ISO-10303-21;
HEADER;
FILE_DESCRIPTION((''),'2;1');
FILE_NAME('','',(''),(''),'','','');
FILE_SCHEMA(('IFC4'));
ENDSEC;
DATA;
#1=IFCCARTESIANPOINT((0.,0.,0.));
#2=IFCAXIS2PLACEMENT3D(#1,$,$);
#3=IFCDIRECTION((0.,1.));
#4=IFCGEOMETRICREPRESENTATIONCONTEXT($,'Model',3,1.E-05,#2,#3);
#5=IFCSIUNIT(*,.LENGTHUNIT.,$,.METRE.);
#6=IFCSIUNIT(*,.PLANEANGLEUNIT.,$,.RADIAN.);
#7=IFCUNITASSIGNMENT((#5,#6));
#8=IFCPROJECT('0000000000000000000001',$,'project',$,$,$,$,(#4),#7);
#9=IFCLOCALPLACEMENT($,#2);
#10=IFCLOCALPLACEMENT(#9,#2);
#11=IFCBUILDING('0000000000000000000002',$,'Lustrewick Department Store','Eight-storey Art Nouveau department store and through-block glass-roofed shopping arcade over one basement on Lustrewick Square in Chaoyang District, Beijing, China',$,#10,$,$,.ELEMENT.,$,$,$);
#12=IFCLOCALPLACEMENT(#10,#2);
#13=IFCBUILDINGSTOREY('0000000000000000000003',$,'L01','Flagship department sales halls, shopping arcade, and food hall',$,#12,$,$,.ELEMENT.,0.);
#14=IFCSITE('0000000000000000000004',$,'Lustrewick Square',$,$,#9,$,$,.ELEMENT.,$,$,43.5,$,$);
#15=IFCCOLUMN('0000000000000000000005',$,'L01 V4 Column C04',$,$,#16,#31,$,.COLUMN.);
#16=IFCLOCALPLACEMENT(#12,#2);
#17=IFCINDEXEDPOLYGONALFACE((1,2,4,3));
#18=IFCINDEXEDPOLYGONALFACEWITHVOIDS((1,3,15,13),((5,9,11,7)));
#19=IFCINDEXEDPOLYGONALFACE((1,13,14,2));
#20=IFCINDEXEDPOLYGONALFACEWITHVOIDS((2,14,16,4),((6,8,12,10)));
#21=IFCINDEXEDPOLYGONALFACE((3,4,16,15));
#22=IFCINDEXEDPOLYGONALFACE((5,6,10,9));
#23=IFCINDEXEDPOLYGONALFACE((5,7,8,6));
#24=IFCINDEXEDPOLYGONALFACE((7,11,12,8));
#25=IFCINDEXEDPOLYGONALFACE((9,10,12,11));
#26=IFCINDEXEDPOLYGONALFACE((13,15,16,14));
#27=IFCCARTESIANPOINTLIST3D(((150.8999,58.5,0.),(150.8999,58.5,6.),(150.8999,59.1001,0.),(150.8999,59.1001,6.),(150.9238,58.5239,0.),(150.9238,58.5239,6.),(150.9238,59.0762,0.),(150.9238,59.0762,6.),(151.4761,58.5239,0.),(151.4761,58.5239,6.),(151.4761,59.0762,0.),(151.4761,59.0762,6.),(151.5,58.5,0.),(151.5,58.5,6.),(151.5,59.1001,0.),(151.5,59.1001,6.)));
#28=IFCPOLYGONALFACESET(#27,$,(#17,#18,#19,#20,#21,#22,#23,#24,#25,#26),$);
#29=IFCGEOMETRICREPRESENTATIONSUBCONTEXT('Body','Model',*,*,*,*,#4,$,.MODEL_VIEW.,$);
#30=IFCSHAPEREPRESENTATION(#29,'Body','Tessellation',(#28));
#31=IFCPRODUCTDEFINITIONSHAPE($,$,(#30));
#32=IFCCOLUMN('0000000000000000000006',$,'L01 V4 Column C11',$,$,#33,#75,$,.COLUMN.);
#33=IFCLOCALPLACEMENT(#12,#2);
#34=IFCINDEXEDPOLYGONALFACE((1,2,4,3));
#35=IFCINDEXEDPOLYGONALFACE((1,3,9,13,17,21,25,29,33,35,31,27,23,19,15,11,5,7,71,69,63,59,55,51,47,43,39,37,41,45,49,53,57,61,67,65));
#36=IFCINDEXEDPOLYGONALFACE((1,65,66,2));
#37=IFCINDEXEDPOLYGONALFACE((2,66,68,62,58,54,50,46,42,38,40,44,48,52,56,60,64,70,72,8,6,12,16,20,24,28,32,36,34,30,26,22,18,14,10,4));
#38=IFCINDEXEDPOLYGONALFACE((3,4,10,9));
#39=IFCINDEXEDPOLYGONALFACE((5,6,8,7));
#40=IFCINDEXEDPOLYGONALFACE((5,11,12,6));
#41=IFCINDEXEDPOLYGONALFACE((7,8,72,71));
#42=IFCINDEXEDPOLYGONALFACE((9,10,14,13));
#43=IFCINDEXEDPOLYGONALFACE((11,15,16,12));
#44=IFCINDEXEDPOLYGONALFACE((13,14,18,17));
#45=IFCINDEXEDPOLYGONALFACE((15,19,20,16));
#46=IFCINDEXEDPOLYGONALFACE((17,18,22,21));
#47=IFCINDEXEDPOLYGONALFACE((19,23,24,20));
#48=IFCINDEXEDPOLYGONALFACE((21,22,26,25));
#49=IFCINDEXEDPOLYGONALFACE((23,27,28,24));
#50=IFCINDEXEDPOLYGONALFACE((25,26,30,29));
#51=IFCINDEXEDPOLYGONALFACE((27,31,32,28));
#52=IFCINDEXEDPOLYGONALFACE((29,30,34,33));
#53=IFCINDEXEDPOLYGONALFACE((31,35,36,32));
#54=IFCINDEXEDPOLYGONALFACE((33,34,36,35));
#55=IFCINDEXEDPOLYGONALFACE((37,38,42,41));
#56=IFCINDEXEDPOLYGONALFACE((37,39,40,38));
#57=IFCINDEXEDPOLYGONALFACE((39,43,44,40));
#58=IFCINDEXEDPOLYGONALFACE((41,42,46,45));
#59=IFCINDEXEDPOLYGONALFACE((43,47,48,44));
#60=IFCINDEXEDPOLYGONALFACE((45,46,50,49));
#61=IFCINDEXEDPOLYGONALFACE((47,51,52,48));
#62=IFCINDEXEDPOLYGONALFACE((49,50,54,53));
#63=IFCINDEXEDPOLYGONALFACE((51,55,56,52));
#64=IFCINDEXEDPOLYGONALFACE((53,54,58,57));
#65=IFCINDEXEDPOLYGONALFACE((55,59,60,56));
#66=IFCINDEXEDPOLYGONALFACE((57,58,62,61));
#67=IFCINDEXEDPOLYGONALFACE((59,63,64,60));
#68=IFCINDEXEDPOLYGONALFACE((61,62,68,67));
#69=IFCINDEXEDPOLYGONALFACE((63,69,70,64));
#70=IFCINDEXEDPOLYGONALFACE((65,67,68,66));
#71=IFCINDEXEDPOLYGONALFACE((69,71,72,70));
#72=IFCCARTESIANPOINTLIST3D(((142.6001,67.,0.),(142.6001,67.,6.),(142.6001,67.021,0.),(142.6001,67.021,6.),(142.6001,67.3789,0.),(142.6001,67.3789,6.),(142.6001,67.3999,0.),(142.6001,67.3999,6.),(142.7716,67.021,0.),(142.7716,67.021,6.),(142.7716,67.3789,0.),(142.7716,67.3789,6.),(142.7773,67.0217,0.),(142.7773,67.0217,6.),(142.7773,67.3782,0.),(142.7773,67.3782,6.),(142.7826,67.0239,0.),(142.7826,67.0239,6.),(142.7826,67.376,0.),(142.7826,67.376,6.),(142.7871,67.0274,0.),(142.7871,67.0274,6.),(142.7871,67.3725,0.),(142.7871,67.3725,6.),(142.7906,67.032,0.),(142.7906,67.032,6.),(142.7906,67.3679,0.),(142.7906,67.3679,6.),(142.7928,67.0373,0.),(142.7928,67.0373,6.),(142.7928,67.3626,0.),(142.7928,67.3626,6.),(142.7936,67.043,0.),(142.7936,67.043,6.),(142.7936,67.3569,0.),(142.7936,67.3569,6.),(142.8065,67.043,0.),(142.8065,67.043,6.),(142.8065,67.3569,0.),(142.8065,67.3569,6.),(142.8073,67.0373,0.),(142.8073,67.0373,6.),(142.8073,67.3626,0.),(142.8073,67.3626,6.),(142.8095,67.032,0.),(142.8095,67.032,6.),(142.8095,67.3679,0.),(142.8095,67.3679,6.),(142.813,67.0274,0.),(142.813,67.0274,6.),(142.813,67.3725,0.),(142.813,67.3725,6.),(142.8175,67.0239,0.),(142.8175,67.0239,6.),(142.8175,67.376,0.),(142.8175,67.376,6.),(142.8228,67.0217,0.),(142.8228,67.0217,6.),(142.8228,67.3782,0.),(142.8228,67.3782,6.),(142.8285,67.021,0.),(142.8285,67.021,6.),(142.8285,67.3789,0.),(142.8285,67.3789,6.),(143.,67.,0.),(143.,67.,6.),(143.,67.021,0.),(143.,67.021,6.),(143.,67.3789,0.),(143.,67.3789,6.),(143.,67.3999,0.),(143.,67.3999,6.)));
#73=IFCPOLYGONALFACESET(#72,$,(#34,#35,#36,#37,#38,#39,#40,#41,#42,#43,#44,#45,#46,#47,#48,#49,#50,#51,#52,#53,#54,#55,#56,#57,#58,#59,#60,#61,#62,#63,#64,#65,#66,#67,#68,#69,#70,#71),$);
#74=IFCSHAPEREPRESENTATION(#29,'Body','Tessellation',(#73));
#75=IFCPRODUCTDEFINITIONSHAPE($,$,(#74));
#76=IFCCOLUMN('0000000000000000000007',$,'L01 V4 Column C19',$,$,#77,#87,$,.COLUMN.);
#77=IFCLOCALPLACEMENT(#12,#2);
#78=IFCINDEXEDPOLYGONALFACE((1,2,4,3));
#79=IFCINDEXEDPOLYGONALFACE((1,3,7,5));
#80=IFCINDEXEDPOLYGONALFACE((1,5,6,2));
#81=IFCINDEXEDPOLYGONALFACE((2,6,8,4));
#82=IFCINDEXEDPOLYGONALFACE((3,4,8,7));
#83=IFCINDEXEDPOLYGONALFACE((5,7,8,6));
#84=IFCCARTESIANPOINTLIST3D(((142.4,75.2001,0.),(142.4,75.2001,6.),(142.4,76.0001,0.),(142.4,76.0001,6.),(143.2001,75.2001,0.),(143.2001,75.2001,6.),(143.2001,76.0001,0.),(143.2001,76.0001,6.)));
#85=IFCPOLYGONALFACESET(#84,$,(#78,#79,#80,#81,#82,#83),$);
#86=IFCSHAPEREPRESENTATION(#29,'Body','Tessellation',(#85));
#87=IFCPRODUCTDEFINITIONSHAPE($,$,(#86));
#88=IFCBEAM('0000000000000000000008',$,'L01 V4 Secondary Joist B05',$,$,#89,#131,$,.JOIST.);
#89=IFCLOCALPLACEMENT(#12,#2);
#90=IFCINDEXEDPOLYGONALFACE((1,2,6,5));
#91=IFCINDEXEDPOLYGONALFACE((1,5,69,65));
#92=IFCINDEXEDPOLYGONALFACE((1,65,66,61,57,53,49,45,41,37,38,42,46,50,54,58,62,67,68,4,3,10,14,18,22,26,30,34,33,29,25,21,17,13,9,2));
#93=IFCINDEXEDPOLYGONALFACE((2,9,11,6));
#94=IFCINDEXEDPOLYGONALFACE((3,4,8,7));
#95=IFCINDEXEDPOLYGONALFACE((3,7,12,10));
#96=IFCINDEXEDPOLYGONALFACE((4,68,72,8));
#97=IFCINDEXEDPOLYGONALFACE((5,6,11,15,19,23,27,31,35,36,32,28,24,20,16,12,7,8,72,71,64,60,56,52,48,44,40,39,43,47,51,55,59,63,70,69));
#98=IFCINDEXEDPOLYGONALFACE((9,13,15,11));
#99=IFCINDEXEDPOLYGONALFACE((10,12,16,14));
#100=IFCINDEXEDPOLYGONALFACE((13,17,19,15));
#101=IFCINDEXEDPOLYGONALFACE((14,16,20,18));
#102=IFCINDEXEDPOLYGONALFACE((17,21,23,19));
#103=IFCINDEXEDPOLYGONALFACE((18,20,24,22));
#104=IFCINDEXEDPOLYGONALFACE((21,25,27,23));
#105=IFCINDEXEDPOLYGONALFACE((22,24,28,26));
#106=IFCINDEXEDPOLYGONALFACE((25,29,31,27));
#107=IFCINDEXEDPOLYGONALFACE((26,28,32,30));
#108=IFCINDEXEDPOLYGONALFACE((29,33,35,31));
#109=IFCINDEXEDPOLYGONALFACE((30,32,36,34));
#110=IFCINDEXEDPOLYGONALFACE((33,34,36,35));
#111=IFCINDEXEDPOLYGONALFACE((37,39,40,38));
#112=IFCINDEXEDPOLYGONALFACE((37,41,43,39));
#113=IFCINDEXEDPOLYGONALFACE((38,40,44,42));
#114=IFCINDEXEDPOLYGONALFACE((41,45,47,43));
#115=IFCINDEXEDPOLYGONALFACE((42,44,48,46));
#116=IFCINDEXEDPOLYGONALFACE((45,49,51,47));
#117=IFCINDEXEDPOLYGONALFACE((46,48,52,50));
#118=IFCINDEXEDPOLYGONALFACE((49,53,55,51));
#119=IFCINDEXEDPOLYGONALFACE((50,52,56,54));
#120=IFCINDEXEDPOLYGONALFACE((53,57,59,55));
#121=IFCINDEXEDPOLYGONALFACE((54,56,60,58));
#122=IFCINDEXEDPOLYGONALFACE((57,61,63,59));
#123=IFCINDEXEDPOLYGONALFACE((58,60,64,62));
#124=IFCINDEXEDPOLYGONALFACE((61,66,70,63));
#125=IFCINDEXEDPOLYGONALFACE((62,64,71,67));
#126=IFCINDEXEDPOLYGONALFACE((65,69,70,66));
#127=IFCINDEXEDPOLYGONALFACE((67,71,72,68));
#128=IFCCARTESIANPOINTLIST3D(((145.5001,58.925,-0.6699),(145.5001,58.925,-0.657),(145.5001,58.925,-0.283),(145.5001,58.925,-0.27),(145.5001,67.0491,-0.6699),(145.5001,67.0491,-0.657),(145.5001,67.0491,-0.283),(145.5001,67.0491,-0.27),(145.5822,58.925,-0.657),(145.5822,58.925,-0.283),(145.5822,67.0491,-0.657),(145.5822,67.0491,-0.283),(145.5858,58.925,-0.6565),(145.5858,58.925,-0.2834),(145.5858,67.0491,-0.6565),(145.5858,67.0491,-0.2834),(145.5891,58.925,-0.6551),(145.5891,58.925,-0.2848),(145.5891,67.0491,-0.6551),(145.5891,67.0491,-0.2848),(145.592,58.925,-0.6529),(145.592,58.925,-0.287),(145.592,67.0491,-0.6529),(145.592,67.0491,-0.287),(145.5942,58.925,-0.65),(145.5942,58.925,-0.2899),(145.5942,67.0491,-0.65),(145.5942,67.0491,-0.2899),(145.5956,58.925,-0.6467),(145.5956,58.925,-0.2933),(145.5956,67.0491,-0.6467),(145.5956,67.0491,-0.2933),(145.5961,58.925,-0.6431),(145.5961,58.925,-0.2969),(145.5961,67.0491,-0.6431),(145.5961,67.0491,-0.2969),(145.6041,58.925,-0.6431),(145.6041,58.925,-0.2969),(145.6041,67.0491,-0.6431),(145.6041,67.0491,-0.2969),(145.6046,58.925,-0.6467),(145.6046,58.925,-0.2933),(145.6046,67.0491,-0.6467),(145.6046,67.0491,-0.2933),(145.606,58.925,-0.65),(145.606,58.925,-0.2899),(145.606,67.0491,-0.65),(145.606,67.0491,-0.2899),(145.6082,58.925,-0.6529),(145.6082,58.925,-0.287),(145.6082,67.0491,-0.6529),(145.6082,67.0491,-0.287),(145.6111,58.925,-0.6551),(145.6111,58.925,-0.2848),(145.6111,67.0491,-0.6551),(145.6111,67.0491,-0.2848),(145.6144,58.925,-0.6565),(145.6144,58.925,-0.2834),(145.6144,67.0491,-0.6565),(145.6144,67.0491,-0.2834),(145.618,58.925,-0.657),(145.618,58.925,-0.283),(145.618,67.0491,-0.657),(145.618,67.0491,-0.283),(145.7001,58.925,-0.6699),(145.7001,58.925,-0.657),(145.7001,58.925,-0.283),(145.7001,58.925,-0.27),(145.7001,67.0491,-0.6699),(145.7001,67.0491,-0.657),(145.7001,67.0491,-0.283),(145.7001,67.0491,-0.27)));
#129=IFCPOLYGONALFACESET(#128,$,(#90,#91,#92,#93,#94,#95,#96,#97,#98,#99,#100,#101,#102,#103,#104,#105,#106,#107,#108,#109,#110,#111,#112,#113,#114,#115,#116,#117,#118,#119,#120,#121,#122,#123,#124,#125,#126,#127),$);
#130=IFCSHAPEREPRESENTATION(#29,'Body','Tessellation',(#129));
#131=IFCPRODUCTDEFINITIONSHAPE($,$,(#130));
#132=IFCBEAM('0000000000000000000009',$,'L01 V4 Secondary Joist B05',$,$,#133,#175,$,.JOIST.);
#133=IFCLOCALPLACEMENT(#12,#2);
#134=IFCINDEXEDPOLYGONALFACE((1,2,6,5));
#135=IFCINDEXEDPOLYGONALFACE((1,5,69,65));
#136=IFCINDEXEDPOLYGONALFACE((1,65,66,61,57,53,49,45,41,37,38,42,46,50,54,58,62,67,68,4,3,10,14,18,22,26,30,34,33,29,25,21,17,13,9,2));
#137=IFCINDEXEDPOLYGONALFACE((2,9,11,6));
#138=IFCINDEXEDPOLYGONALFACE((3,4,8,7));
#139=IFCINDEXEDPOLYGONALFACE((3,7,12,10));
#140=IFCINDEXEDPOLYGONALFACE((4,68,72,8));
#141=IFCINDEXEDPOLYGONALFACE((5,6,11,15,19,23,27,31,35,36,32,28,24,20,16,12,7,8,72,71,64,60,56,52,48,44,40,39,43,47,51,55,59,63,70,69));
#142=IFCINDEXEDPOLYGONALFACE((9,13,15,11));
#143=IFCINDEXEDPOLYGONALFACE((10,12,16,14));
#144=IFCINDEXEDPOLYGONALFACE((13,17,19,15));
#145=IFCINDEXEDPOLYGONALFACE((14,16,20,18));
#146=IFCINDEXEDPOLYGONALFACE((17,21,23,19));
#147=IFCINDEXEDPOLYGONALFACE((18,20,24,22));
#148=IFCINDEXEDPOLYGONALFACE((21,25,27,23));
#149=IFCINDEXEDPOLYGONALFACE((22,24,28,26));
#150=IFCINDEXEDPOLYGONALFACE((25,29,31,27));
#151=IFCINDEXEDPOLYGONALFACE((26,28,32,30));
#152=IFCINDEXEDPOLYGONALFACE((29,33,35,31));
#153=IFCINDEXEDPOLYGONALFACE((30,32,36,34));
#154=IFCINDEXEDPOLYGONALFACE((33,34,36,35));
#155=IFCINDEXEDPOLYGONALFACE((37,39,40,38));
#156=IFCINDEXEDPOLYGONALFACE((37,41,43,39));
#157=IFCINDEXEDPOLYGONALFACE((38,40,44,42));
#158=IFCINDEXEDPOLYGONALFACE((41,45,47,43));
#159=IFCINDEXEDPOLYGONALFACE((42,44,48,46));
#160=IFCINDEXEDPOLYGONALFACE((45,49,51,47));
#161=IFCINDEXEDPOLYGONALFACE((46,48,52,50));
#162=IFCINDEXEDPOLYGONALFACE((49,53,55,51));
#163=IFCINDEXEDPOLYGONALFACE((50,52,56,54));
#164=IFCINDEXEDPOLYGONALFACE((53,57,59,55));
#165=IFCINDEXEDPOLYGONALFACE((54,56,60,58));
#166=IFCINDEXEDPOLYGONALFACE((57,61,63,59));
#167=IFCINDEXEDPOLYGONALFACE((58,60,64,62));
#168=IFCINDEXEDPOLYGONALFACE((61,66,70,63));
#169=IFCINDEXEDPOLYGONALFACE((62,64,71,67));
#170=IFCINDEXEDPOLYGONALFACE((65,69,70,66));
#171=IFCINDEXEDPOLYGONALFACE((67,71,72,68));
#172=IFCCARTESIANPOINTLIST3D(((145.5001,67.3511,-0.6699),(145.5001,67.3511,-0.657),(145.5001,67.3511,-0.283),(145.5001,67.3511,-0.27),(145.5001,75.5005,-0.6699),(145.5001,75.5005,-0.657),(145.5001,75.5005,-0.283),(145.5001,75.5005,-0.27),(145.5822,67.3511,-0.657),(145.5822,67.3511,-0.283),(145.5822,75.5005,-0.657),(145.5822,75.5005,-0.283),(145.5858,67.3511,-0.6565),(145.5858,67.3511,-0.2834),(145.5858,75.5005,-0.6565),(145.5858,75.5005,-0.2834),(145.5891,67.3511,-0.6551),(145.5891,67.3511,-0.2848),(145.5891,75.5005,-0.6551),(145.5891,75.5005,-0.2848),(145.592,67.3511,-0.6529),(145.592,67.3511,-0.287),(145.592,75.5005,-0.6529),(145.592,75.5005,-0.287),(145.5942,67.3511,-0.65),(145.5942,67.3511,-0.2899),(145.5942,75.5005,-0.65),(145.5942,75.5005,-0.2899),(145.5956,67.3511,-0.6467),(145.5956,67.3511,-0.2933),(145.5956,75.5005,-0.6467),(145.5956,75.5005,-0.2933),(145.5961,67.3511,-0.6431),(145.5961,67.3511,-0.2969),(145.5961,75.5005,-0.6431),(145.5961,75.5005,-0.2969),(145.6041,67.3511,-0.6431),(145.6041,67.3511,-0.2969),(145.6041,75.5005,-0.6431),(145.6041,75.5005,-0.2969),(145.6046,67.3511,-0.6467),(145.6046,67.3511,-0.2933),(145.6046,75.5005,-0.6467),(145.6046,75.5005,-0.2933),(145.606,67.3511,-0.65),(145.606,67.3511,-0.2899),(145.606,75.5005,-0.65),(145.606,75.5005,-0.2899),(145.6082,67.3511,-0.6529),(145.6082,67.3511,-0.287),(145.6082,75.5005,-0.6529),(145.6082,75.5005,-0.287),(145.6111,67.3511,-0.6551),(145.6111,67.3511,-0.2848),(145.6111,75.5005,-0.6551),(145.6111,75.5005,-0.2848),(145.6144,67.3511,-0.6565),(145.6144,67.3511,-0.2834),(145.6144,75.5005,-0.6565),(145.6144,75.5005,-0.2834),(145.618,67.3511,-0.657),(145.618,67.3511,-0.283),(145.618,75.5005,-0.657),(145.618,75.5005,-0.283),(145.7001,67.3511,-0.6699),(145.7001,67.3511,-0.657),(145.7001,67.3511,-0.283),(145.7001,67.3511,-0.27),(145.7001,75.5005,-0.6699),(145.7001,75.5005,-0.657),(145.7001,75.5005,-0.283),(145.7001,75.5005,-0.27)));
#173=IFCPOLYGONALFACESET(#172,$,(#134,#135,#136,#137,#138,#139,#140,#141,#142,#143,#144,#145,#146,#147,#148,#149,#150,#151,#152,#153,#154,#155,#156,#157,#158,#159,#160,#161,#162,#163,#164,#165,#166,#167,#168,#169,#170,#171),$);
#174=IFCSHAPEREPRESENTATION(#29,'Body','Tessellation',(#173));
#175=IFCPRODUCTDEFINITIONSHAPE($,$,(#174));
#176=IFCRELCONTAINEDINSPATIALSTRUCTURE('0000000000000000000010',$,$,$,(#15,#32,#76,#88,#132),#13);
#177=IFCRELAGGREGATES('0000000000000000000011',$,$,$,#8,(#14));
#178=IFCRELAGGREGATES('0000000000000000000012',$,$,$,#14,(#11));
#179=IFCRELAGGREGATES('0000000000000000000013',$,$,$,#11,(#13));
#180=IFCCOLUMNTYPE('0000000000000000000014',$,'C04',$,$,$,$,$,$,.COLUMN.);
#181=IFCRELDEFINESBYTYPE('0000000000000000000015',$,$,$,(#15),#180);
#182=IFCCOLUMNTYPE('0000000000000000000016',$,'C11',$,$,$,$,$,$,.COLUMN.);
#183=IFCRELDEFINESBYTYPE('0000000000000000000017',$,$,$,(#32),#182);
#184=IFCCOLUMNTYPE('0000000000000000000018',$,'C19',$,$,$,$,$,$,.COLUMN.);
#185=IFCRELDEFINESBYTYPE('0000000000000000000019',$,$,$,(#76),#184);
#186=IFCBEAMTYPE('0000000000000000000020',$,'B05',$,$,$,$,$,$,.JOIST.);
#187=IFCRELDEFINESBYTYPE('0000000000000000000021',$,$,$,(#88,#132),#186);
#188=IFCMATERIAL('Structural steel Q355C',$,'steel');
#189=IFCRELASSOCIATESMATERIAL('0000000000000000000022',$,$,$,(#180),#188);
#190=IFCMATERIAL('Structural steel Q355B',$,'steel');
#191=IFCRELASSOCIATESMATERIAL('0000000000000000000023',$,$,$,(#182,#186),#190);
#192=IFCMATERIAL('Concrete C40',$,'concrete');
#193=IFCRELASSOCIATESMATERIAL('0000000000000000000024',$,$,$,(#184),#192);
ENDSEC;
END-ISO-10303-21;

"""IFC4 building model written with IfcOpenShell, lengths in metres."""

from ifc_helpers import new_model, si_unit, direction, frame, origin, origin_2d, place, context, subcontext, project, spatial, rectangle, hollow_rectangle, i_section, extrude, material, material_profile, profile_set, type_object, element, save


model = new_model("IFC4")

# Units and contexts
model_context = context("Model", 3, precision=1e-05, world=origin(), true_north=direction((0.0, 1.0)))
body_context = subcontext(model_context, "Body", "Model", "MODEL_VIEW")
ifc_project = project(units=[si_unit("LENGTHUNIT", "METRE"), si_unit("PLANEANGLEUNIT", "RADIAN")], contexts=[model_context])

# Site, building, storey
site_placement = place(None, origin())
site = spatial("IfcSite", under=ifc_project, at=site_placement, Name="Lustrewick Square", CompositionType="ELEMENT", RefElevation=43.5)
building_placement = place(site_placement, origin())
building = spatial("IfcBuilding", under=site, at=building_placement, Name="Lustrewick Department Store", Description="Eight-storey Art Nouveau department store and through-block glass-roofed shopping arcade over one basement on Lustrewick Square in Chaoyang District, Beijing, China", CompositionType="ELEMENT")
storey_placement = place(building_placement, origin())
storey = spatial("IfcBuildingStorey", under=building, at=storey_placement, Name="L01", Description="Flagship department sales halls, shopping arcade, and food hall", CompositionType="ELEMENT", Elevation=0.0)

# Columns
ifc_material_1 = material(Name="Structural steel Q355C", Category="steel")
ifc_material_profile_1 = material_profile(ifc_material_1, hollow_rectangle(XDim=0.6001, YDim=0.6001, WallThickness=0.0239, at=origin_2d()), Name="BOX 600x600x24")
ifc_profile_set_1 = profile_set([ifc_material_profile_1], Name="Structural steel Q355C")
column_type_1 = type_object("IfcColumnType", Name="C04", PredefinedType="COLUMN", material=ifc_profile_set_1)
column_1_placement = place(storey_placement, frame((151.2, 58.8, 0.0), z_axis=(0.0, 0.0, 1.0), x_axis=(1.0, 0.0, 0.0)))
element("IfcColumn", 1, at=column_1_placement, inside=storey, type_object=column_type_1, Name="L01 V4 Column C04", PredefinedType="COLUMN", context=body_context, shape_type="SweptSolid", body=[
    extrude(hollow_rectangle(XDim=0.6001, YDim=0.6001, WallThickness=0.0239, at=origin_2d()), origin(), (0.0, 0.0, 1.0), 6.0),
])
ifc_material_2 = material(Name="Structural steel Q355B", Category="steel")
ifc_material_profile_2 = material_profile(ifc_material_2, i_section(OverallWidth=0.3999, OverallDepth=0.3999, WebThickness=0.0129, FlangeThickness=0.021, FilletRadius=0.022, at=origin_2d()), Name="HW 400x400x13x21")
ifc_profile_set_2 = profile_set([ifc_material_profile_2], Name="Structural steel Q355B")
column_type_2 = type_object("IfcColumnType", Name="C11", PredefinedType="COLUMN", material=ifc_profile_set_2)
column_2_placement = place(storey_placement, frame((142.8, 67.2, 0.0), z_axis=(0.0, 0.0, 1.0), x_axis=(1.0, 0.0, 0.0)))
element("IfcColumn", 2, at=column_2_placement, inside=storey, type_object=column_type_2, Name="L01 V4 Column C11", PredefinedType="COLUMN", context=body_context, shape_type="SweptSolid", body=[
    extrude(i_section(OverallWidth=0.3999, OverallDepth=0.3999, WebThickness=0.0129, FlangeThickness=0.021, FilletRadius=0.022, at=origin_2d()), origin(), (0.0, 0.0, 1.0), 6.0),
])
ifc_material_3 = material(Name="Concrete C40", Category="concrete")
ifc_material_profile_3 = material_profile(ifc_material_3, rectangle(XDim=0.8, YDim=0.8, at=origin_2d()), Name="RC 800x800")
ifc_profile_set_3 = profile_set([ifc_material_profile_3], Name="Concrete C40")
column_type_3 = type_object("IfcColumnType", Name="C19", PredefinedType="COLUMN", material=ifc_profile_set_3)
column_3_placement = place(storey_placement, frame((142.8, 75.6001, 0.0), z_axis=(0.0, 0.0, 1.0), x_axis=(1.0, 0.0, 0.0)))
element("IfcColumn", 3, at=column_3_placement, inside=storey, type_object=column_type_3, Name="L01 V4 Column C19", PredefinedType="COLUMN", context=body_context, shape_type="SweptSolid", body=[
    extrude(rectangle(XDim=0.8, YDim=0.8, at=origin_2d()), origin(), (0.0, 0.0, 1.0), 6.0),
])

# Beams
ifc_material_profile_4 = material_profile(ifc_material_2, i_section(OverallWidth=0.2, OverallDepth=0.3999, WebThickness=0.0081, FlangeThickness=0.0129, FilletRadius=0.0139, at=origin_2d()), Name="HN 400x200x8x13")
ifc_profile_set_4 = profile_set([ifc_material_profile_4], Name="Structural steel Q355B")
beam_type_1 = type_object("IfcBeamType", Name="B05", PredefinedType="JOIST", material=ifc_profile_set_4)
beam_1_placement = place(storey_placement, frame((145.6001, 58.925, -0.47), z_axis=(0.0, 1.0, 0.0), x_axis=(-1.0, 0.0, 0.0)))
element("IfcBeam", 4, at=beam_1_placement, inside=storey, type_object=beam_type_1, Name="L01 V4 Secondary Joist B05", PredefinedType="JOIST", context=body_context, shape_type="SweptSolid", body=[
    extrude(i_section(OverallWidth=0.2, OverallDepth=0.3999, WebThickness=0.0081, FlangeThickness=0.0129, FilletRadius=0.0139, at=origin_2d()), origin(), (0.0, 0.0, 1.0), 8.124),
])
beam_2_placement = place(storey_placement, frame((145.6001, 67.3511, -0.47), z_axis=(0.0, 1.0, 0.0), x_axis=(-1.0, 0.0, 0.0)))
element("IfcBeam", 5, at=beam_2_placement, inside=storey, type_object=beam_type_1, Name="L01 V4 Secondary Joist B05", PredefinedType="JOIST", context=body_context, shape_type="SweptSolid", body=[
    extrude(i_section(OverallWidth=0.2, OverallDepth=0.3999, WebThickness=0.0081, FlangeThickness=0.0129, FilletRadius=0.0139, at=origin_2d()), origin(), (0.0, 0.0, 1.0), 8.1494),
])

save(model, "model.ifc")
